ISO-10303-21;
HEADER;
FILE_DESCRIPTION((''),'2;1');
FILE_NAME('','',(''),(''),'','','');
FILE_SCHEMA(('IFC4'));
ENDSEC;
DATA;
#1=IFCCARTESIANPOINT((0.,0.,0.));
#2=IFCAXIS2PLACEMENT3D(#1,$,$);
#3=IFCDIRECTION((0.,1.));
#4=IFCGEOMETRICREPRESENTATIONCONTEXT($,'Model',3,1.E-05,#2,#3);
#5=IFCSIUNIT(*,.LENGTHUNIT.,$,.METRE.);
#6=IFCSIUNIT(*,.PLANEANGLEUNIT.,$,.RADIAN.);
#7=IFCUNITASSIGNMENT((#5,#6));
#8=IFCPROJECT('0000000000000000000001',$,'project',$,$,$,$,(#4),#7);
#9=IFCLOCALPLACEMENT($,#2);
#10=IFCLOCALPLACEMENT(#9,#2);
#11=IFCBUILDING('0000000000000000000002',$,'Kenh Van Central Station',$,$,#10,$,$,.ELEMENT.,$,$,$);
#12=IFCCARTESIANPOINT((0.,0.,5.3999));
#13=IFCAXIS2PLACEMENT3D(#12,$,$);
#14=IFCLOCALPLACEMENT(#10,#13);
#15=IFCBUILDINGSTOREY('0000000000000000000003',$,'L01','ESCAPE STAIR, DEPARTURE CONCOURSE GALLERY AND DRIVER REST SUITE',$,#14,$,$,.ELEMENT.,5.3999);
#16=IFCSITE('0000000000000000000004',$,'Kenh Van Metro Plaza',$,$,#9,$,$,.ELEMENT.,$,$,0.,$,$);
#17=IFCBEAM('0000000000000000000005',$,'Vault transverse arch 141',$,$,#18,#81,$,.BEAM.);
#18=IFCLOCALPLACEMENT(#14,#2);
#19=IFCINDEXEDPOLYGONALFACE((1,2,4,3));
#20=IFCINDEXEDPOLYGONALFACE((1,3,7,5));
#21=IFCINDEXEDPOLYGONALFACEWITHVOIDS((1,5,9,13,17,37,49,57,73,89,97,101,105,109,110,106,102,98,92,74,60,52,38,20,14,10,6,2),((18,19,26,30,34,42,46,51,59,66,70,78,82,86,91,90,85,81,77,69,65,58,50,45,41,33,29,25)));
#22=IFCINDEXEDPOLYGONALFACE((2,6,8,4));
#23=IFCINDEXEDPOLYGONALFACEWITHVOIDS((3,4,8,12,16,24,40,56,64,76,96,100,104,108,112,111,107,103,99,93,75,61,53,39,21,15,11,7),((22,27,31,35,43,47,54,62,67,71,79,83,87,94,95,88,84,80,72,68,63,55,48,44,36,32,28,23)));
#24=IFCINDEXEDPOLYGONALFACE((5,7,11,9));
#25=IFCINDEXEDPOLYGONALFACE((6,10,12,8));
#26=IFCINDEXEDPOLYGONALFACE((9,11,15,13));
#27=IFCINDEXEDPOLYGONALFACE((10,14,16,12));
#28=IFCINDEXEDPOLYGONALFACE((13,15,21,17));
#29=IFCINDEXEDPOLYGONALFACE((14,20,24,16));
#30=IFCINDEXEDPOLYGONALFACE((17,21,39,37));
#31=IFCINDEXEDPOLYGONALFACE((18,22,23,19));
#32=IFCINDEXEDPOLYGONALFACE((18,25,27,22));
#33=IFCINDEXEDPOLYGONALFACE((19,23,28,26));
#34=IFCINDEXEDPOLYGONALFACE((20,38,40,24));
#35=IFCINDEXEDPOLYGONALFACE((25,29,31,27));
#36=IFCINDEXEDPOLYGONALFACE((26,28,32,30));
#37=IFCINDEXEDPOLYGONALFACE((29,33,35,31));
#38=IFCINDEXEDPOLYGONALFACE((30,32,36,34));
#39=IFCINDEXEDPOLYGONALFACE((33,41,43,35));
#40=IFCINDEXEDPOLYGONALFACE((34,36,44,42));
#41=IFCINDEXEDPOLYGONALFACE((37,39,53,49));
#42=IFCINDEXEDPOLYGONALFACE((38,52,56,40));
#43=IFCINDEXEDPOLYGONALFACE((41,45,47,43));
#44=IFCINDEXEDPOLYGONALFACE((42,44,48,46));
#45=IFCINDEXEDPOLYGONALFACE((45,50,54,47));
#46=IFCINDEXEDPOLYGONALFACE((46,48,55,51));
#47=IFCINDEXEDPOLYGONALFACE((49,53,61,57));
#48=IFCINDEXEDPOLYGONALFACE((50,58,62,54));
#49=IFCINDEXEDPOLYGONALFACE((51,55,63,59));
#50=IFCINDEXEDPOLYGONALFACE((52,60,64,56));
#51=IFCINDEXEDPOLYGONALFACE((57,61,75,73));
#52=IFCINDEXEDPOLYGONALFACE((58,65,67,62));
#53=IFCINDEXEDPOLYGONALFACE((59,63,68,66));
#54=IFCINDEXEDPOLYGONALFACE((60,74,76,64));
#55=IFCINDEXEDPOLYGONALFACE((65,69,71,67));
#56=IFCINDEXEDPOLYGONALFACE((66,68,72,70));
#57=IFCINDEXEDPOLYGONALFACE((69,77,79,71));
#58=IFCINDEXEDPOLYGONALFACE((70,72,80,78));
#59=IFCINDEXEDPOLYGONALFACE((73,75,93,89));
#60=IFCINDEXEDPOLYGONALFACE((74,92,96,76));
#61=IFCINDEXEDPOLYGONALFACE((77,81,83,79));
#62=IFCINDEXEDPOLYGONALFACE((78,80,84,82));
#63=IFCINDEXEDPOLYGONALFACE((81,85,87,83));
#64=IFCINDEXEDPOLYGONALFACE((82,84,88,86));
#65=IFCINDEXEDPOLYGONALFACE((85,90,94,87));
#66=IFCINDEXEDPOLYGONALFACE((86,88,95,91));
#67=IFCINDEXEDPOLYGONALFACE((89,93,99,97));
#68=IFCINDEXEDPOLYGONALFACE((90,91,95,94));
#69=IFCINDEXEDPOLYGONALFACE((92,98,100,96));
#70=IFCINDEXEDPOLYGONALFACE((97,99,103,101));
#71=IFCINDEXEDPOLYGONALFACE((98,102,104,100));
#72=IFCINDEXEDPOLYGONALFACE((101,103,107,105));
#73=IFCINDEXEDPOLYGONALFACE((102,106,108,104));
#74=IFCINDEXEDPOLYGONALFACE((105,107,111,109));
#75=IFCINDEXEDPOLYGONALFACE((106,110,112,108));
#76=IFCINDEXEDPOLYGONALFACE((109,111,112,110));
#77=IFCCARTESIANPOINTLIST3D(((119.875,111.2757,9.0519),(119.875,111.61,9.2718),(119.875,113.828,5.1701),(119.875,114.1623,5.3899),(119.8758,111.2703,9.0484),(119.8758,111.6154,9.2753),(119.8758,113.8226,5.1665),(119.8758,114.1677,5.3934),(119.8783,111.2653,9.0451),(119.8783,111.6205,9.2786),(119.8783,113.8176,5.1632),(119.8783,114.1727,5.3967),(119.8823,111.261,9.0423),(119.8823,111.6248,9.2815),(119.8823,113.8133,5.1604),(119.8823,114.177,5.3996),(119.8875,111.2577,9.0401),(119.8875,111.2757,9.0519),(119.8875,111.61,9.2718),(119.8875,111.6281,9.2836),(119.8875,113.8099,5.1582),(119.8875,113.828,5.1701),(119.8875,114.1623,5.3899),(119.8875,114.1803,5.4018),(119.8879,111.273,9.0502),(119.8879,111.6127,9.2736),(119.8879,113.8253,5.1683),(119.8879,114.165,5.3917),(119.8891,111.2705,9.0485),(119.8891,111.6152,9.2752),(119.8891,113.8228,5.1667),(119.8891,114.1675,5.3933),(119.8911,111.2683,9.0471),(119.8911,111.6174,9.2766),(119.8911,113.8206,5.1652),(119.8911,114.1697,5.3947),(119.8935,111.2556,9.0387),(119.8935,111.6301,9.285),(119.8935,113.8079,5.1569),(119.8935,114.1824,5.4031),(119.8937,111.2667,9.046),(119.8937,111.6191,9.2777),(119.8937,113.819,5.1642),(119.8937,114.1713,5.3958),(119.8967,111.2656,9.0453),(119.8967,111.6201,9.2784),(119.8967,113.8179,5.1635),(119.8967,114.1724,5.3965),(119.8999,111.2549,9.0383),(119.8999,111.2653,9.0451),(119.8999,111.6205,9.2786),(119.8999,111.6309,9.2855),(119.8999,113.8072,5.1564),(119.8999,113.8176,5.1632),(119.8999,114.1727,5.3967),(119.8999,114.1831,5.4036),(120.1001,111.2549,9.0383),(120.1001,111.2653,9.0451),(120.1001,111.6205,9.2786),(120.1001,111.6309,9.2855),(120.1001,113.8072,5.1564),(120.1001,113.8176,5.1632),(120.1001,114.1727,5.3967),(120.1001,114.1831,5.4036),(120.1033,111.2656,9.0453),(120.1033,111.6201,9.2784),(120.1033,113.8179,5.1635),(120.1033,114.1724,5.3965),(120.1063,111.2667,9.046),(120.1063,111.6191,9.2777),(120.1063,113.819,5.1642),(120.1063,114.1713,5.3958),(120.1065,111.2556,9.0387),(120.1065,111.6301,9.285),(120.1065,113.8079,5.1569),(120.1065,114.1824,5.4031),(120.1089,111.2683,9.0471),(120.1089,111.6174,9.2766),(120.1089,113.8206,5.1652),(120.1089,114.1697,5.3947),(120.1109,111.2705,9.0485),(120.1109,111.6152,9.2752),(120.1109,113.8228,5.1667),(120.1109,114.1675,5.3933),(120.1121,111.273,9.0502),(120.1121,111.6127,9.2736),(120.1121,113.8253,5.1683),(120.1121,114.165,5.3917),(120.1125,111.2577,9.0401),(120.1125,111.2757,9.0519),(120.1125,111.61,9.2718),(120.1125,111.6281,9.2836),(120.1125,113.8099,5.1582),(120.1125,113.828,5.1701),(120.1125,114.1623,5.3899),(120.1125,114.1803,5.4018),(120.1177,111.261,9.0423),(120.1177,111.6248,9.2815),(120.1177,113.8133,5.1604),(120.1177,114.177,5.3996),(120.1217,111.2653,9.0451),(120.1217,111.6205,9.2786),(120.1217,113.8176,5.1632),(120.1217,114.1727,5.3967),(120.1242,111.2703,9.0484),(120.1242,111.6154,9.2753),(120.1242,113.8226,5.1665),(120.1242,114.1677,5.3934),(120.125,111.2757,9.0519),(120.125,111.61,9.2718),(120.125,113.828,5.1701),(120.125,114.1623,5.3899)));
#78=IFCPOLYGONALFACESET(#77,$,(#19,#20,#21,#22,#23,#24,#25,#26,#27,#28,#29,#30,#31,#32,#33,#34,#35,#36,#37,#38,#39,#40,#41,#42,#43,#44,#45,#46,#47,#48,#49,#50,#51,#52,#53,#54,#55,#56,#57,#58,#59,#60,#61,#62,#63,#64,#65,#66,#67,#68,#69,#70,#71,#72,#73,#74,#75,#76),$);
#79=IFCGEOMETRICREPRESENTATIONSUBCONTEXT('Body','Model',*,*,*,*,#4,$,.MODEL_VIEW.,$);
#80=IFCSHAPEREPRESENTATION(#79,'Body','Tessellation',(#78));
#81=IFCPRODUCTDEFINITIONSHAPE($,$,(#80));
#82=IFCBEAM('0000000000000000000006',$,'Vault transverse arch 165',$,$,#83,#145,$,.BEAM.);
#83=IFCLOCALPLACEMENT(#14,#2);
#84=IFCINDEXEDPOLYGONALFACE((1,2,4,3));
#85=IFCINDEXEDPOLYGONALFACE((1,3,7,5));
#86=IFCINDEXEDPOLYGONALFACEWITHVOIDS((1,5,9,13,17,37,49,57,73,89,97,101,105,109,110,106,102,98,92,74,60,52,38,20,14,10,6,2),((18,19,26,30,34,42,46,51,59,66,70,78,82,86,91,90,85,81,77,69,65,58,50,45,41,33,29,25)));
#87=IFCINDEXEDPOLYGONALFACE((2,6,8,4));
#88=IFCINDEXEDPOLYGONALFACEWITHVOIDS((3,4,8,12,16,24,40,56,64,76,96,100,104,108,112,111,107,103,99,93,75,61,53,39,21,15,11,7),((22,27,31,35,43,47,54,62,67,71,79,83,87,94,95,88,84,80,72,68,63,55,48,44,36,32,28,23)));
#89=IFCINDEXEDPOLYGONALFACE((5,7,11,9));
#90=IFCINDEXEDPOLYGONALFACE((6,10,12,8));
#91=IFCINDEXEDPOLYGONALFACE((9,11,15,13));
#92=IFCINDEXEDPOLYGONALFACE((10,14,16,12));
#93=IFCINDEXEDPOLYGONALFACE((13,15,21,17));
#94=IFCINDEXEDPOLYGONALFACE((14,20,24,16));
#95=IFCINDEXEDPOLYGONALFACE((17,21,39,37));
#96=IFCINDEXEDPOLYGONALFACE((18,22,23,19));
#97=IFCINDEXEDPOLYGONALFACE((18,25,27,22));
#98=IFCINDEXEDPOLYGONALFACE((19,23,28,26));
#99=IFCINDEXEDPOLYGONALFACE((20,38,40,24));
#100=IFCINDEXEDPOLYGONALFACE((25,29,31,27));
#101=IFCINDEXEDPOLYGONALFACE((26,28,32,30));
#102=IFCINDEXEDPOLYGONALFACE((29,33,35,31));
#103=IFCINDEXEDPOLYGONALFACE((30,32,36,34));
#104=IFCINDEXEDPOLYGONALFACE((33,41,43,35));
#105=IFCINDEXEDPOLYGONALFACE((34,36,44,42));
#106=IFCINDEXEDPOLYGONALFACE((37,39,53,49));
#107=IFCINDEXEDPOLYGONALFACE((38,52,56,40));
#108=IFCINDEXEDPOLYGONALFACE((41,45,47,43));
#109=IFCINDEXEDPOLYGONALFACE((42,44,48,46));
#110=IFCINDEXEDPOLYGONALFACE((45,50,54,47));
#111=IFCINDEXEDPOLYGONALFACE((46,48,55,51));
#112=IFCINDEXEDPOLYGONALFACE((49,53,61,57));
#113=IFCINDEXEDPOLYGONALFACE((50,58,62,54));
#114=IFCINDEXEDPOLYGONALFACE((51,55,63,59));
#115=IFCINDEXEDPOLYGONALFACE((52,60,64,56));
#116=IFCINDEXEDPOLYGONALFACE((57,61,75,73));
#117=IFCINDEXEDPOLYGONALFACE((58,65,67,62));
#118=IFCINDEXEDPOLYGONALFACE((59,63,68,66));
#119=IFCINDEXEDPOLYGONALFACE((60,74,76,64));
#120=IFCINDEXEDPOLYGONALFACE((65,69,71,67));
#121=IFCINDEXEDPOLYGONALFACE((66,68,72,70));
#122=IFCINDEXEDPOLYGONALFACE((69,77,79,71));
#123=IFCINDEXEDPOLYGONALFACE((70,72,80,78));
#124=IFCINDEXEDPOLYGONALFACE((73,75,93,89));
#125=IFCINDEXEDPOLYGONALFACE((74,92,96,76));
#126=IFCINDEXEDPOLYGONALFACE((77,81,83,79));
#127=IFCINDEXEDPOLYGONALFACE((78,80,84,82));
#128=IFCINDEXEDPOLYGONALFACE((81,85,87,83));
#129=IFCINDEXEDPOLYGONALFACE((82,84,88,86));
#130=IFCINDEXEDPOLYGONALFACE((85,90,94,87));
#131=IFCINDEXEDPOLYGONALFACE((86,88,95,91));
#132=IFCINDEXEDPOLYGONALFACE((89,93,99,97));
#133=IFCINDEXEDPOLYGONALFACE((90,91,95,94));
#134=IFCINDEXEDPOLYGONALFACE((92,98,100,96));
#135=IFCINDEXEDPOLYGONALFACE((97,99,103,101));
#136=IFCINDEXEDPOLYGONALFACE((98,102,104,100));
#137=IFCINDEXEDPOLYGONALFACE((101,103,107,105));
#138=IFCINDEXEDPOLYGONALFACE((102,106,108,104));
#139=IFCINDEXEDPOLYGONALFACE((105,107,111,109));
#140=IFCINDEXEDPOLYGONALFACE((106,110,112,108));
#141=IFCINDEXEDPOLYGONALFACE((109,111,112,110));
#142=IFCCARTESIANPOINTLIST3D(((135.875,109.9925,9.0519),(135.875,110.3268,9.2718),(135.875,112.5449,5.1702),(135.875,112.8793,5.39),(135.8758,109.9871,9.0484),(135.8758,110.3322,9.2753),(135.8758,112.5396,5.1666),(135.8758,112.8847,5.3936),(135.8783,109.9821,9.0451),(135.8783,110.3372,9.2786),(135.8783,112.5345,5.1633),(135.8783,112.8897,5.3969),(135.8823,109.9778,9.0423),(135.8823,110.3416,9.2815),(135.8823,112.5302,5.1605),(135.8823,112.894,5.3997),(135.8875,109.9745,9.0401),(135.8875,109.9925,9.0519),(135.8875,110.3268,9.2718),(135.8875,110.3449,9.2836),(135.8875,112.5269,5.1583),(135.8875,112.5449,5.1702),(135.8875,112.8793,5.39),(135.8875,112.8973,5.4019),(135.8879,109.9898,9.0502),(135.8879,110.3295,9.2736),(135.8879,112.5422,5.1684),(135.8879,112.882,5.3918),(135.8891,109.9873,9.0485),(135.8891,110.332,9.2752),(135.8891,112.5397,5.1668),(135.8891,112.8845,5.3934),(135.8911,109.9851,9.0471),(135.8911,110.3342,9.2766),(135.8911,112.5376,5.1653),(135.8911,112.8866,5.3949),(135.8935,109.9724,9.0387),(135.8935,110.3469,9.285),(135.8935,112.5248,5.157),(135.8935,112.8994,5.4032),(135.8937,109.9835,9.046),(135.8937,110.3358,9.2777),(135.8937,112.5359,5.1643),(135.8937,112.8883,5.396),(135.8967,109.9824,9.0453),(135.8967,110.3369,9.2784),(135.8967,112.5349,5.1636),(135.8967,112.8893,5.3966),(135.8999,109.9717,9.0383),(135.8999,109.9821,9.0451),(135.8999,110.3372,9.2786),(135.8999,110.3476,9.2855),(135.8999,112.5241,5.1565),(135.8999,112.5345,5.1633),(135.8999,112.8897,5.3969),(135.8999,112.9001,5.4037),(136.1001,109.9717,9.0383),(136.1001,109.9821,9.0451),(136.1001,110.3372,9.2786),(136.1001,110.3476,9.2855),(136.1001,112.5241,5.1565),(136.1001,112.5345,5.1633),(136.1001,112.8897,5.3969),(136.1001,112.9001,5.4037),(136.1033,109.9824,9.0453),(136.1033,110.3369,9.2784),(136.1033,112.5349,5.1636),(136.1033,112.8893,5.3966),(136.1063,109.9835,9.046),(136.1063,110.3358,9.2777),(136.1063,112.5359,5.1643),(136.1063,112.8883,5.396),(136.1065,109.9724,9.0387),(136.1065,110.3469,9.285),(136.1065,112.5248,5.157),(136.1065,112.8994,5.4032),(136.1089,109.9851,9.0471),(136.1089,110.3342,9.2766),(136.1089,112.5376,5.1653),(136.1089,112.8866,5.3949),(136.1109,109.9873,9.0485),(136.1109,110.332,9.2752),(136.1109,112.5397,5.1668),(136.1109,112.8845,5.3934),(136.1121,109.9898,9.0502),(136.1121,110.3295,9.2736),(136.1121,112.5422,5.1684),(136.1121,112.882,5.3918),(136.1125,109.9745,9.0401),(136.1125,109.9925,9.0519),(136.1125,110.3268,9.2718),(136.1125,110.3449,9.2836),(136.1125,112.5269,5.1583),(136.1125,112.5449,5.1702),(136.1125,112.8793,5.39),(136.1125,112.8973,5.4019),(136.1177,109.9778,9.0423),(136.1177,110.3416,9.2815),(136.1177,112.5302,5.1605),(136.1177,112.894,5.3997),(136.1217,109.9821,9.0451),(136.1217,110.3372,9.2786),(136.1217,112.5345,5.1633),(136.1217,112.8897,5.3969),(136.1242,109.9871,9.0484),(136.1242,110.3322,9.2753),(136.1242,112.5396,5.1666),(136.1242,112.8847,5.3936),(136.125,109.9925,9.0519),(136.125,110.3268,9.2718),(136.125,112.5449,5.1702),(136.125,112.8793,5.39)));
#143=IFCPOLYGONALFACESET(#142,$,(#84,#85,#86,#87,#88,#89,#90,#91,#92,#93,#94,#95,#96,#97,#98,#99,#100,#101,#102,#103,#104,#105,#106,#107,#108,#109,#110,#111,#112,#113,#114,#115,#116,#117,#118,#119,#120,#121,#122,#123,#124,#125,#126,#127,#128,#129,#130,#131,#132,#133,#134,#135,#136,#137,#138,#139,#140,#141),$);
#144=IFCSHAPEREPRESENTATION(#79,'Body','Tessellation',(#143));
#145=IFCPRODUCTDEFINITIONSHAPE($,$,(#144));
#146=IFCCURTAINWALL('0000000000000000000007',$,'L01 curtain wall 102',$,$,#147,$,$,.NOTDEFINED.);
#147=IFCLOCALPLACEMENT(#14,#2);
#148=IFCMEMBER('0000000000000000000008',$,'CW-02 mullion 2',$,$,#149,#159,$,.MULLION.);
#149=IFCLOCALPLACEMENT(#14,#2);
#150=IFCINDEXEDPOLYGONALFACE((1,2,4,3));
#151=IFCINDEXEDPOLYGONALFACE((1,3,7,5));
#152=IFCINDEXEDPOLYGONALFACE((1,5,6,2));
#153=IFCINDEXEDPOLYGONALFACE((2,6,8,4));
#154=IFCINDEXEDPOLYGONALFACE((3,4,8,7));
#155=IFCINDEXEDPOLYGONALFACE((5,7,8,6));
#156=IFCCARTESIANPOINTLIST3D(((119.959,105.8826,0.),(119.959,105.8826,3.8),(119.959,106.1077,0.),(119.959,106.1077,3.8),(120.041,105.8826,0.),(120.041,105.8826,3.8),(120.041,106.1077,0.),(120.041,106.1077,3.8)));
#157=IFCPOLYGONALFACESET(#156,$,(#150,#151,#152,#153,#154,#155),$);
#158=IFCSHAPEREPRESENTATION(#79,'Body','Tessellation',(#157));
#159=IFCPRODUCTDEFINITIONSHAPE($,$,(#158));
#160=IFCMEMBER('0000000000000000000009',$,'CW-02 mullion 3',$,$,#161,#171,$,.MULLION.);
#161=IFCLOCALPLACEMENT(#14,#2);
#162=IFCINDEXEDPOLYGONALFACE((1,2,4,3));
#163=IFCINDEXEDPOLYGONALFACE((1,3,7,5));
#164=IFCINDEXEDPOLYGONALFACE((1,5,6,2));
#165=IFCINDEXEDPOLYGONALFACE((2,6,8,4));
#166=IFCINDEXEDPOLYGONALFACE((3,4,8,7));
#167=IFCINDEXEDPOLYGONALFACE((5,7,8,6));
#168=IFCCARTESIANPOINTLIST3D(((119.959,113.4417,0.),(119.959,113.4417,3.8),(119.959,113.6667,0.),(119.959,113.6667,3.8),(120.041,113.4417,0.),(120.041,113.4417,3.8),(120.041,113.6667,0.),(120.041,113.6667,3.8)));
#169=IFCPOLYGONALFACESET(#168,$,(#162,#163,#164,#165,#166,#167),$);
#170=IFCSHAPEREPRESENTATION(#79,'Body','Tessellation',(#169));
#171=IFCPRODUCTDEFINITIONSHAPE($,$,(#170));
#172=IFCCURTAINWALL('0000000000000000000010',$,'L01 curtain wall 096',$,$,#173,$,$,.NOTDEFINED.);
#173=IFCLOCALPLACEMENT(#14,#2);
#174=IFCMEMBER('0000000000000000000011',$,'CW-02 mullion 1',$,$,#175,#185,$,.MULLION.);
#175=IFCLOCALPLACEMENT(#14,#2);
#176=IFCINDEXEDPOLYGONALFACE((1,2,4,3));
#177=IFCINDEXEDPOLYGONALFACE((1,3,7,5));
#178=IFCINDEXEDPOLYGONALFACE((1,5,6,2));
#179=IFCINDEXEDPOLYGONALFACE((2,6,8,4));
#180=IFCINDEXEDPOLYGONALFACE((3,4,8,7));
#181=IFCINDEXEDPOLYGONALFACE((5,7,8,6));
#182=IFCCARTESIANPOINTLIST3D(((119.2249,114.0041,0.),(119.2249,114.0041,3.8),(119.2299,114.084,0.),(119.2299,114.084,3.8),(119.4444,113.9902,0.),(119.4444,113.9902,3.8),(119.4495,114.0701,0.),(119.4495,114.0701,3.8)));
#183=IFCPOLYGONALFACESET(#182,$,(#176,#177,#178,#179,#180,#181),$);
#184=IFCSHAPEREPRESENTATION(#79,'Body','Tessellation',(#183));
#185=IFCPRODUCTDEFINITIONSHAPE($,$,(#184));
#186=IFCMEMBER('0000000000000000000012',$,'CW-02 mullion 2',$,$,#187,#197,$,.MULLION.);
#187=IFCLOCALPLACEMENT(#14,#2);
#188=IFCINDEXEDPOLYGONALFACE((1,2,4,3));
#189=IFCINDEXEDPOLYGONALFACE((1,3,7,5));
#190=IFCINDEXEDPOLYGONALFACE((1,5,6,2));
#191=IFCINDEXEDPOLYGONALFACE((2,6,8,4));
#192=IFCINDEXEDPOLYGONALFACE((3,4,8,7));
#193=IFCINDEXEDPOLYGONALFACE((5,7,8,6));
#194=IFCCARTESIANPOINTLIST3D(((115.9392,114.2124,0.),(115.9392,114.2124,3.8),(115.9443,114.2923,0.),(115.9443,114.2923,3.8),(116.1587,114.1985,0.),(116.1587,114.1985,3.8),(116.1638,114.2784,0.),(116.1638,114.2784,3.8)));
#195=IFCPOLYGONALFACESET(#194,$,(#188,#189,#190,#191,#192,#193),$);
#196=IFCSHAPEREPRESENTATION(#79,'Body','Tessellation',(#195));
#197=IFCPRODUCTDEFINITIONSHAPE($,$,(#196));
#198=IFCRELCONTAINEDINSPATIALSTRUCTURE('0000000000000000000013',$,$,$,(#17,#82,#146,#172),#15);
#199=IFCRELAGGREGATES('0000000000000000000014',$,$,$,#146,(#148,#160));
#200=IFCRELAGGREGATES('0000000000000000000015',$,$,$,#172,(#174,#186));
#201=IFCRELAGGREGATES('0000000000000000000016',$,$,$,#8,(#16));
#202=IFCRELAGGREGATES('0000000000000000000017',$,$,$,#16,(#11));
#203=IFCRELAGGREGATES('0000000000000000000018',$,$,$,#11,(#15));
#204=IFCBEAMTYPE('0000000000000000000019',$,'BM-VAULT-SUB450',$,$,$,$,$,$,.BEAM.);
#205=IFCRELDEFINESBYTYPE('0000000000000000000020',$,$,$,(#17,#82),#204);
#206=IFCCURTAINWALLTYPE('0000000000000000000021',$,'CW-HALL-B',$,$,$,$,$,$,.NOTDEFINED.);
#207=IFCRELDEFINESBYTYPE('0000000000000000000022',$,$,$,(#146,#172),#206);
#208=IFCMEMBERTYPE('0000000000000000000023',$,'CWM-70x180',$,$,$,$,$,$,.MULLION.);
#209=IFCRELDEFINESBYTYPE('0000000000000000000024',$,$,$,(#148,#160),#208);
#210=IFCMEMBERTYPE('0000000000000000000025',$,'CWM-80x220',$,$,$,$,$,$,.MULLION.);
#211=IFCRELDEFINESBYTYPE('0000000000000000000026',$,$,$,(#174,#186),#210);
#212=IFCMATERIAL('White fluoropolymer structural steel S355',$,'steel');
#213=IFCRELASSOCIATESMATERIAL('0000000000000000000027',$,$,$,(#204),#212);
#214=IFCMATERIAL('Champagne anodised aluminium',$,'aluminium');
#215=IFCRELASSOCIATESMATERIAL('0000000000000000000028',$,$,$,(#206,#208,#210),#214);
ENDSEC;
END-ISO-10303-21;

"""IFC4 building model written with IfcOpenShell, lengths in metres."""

from ifc_helpers import new_model, si_unit, direction, frame, origin, origin_2d, place, context, subcontext, project, spatial, rectangle, hollow_rectangle, extrude, material, material_profile, profile_set, type_object, element, aggregate, save


model = new_model("IFC4")

# Units and contexts
model_context = context("Model", 3, precision=1e-05, world=origin(), true_north=direction((0.0, 1.0)))
body_context = subcontext(model_context, "Body", "Model", "MODEL_VIEW")
ifc_project = project(units=[si_unit("LENGTHUNIT", "METRE"), si_unit("PLANEANGLEUNIT", "RADIAN")], contexts=[model_context])

# Site, building, storey
site_placement = place(None, origin())
site = spatial("IfcSite", under=ifc_project, at=site_placement, Name="Kenh Van Metro Plaza", CompositionType="ELEMENT", RefElevation=0.0)
building_placement = place(site_placement, origin())
building = spatial("IfcBuilding", under=site, at=building_placement, Name="Kenh Van Central Station", CompositionType="ELEMENT")
storey_placement = place(building_placement, frame((0.0, 0.0, 5.3999)))
storey = spatial("IfcBuildingStorey", under=building, at=storey_placement, Name="L01", Description="ESCAPE STAIR, DEPARTURE CONCOURSE GALLERY AND DRIVER REST SUITE", CompositionType="ELEMENT", Elevation=5.3999)

# Beams
ifc_material_1 = material(Name="White fluoropolymer structural steel S355", Category="steel")
ifc_material_profile_1 = material_profile(ifc_material_1, hollow_rectangle(XDim=0.25, YDim=0.45, WallThickness=0.0125, InnerFilletRadius=0.0125, OuterFilletRadius=0.0249, at=origin_2d()), Name="RHS 450x250x12.5")
ifc_profile_set_1 = profile_set([ifc_material_profile_1], Name="White fluoropolymer structural steel S355")
beam_type_1 = type_object("IfcBeamType", Name="BM-VAULT-SUB450", PredefinedType="BEAM", material=ifc_profile_set_1)
for number, where, z_axis, x_axis, name in (
    (1, (120.0, 111.4429, 9.1619), (0.0, 0.549377, -0.835575), (-1.0, 0.0, 0.0), "Vault transverse arch 141"),
    (2, (136.0, 110.1597, 9.1619), (0.0, 0.549414, -0.83555), (-1.0, 0.0, 0.0), "Vault transverse arch 165"),
):
    element("IfcBeam", number, at=place(storey_placement, frame(where, z_axis=z_axis, x_axis=x_axis)), inside=storey, type_object=beam_type_1, Name=name, PredefinedType="BEAM", context=body_context, shape_type="SweptSolid", body=[
        extrude(hollow_rectangle(XDim=0.25, YDim=0.45, WallThickness=0.0125, InnerFilletRadius=0.0125, OuterFilletRadius=0.0249, at=origin_2d()), origin(), (0.0, 0.0, 1.0), 4.6458),
    ])

# Curtain walls, members
ifc_material_2 = material(Name="Champagne anodised aluminium", Category="aluminium")
curtain_wall_type = type_object("IfcCurtainWallType", Name="CW-HALL-B", PredefinedType="NOTDEFINED", material=ifc_material_2)
curtain_wall_1_placement = place(storey_placement, origin())
curtain_wall_1 = element("IfcCurtainWall", 3, at=curtain_wall_1_placement, inside=storey, type_object=curtain_wall_type, Name="L01 curtain wall 102", PredefinedType="NOTDEFINED")
ifc_material_profile_2 = material_profile(ifc_material_2, rectangle(XDim=0.082, YDim=0.2251, at=origin_2d()), Name="AL 82x225")
ifc_profile_set_2 = profile_set([ifc_material_profile_2], Name="Champagne anodised aluminium")
member_type_1 = type_object("IfcMemberType", Name="CWM-70x180", PredefinedType="MULLION", material=ifc_profile_set_2)
member_1_placement = place(storey_placement, frame((120.0, 105.9951, 0.0), z_axis=(0.0, 0.0, 1.0), x_axis=(-1.0, 0.0, 0.0)))
member_1 = element("IfcMember", 4, at=member_1_placement, type_object=member_type_1, Name="CW-02 mullion 2", PredefinedType="MULLION", context=body_context, shape_type="SweptSolid", body=[
    extrude(rectangle(XDim=0.082, YDim=0.2251, at=origin_2d()), origin(), (0.0, 0.0, 1.0), 3.8),
])
member_2_placement = place(storey_placement, frame((120.0, 113.5542, 0.0), z_axis=(0.0, 0.0, 1.0), x_axis=(-1.0, 0.0, 0.0)))
member_2 = element("IfcMember", 5, at=member_2_placement, type_object=member_type_1, Name="CW-02 mullion 3", PredefinedType="MULLION", context=body_context, shape_type="SweptSolid", body=[
    extrude(rectangle(XDim=0.082, YDim=0.2251, at=origin_2d()), origin(), (0.0, 0.0, 1.0), 3.8),
])
curtain_wall_2_placement = place(storey_placement, origin())
curtain_wall_2 = element("IfcCurtainWall", 6, at=curtain_wall_2_placement, inside=storey, type_object=curtain_wall_type, Name="L01 curtain wall 096", PredefinedType="NOTDEFINED")
ifc_material_profile_3 = material_profile(ifc_material_2, rectangle(XDim=0.0801, YDim=0.22, at=origin_2d()), Name="AL 80x220")
ifc_profile_set_3 = profile_set([ifc_material_profile_3], Name="Champagne anodised aluminium")
member_type_2 = type_object("IfcMemberType", Name="CWM-80x220", PredefinedType="MULLION", material=ifc_profile_set_3)
member_3_placement = place(storey_placement, frame((119.3372, 114.0371, 0.0), z_axis=(0.0, 0.0, 1.0), x_axis=(-0.063211, -0.998, 0.0)))
member_3 = element("IfcMember", 7, at=member_3_placement, type_object=member_type_2, Name="CW-02 mullion 1", PredefinedType="MULLION", context=body_context, shape_type="SweptSolid", body=[
    extrude(rectangle(XDim=0.0801, YDim=0.22, at=origin_2d()), origin(), (0.0, 0.0, 1.0), 3.8),
])
member_4_placement = place(storey_placement, frame((116.0515, 114.2454, 0.0), z_axis=(0.0, 0.0, 1.0), x_axis=(-0.063211, -0.998, 0.0)))
member_4 = element("IfcMember", 8, at=member_4_placement, type_object=member_type_2, Name="CW-02 mullion 2", PredefinedType="MULLION", context=body_context, shape_type="SweptSolid", body=[
    extrude(rectangle(XDim=0.0801, YDim=0.22, at=origin_2d()), origin(), (0.0, 0.0, 1.0), 3.8),
])

aggregate(curtain_wall_1, [member_1, member_2])
aggregate(curtain_wall_2, [member_3, member_4])

save(model, "model.ifc")
